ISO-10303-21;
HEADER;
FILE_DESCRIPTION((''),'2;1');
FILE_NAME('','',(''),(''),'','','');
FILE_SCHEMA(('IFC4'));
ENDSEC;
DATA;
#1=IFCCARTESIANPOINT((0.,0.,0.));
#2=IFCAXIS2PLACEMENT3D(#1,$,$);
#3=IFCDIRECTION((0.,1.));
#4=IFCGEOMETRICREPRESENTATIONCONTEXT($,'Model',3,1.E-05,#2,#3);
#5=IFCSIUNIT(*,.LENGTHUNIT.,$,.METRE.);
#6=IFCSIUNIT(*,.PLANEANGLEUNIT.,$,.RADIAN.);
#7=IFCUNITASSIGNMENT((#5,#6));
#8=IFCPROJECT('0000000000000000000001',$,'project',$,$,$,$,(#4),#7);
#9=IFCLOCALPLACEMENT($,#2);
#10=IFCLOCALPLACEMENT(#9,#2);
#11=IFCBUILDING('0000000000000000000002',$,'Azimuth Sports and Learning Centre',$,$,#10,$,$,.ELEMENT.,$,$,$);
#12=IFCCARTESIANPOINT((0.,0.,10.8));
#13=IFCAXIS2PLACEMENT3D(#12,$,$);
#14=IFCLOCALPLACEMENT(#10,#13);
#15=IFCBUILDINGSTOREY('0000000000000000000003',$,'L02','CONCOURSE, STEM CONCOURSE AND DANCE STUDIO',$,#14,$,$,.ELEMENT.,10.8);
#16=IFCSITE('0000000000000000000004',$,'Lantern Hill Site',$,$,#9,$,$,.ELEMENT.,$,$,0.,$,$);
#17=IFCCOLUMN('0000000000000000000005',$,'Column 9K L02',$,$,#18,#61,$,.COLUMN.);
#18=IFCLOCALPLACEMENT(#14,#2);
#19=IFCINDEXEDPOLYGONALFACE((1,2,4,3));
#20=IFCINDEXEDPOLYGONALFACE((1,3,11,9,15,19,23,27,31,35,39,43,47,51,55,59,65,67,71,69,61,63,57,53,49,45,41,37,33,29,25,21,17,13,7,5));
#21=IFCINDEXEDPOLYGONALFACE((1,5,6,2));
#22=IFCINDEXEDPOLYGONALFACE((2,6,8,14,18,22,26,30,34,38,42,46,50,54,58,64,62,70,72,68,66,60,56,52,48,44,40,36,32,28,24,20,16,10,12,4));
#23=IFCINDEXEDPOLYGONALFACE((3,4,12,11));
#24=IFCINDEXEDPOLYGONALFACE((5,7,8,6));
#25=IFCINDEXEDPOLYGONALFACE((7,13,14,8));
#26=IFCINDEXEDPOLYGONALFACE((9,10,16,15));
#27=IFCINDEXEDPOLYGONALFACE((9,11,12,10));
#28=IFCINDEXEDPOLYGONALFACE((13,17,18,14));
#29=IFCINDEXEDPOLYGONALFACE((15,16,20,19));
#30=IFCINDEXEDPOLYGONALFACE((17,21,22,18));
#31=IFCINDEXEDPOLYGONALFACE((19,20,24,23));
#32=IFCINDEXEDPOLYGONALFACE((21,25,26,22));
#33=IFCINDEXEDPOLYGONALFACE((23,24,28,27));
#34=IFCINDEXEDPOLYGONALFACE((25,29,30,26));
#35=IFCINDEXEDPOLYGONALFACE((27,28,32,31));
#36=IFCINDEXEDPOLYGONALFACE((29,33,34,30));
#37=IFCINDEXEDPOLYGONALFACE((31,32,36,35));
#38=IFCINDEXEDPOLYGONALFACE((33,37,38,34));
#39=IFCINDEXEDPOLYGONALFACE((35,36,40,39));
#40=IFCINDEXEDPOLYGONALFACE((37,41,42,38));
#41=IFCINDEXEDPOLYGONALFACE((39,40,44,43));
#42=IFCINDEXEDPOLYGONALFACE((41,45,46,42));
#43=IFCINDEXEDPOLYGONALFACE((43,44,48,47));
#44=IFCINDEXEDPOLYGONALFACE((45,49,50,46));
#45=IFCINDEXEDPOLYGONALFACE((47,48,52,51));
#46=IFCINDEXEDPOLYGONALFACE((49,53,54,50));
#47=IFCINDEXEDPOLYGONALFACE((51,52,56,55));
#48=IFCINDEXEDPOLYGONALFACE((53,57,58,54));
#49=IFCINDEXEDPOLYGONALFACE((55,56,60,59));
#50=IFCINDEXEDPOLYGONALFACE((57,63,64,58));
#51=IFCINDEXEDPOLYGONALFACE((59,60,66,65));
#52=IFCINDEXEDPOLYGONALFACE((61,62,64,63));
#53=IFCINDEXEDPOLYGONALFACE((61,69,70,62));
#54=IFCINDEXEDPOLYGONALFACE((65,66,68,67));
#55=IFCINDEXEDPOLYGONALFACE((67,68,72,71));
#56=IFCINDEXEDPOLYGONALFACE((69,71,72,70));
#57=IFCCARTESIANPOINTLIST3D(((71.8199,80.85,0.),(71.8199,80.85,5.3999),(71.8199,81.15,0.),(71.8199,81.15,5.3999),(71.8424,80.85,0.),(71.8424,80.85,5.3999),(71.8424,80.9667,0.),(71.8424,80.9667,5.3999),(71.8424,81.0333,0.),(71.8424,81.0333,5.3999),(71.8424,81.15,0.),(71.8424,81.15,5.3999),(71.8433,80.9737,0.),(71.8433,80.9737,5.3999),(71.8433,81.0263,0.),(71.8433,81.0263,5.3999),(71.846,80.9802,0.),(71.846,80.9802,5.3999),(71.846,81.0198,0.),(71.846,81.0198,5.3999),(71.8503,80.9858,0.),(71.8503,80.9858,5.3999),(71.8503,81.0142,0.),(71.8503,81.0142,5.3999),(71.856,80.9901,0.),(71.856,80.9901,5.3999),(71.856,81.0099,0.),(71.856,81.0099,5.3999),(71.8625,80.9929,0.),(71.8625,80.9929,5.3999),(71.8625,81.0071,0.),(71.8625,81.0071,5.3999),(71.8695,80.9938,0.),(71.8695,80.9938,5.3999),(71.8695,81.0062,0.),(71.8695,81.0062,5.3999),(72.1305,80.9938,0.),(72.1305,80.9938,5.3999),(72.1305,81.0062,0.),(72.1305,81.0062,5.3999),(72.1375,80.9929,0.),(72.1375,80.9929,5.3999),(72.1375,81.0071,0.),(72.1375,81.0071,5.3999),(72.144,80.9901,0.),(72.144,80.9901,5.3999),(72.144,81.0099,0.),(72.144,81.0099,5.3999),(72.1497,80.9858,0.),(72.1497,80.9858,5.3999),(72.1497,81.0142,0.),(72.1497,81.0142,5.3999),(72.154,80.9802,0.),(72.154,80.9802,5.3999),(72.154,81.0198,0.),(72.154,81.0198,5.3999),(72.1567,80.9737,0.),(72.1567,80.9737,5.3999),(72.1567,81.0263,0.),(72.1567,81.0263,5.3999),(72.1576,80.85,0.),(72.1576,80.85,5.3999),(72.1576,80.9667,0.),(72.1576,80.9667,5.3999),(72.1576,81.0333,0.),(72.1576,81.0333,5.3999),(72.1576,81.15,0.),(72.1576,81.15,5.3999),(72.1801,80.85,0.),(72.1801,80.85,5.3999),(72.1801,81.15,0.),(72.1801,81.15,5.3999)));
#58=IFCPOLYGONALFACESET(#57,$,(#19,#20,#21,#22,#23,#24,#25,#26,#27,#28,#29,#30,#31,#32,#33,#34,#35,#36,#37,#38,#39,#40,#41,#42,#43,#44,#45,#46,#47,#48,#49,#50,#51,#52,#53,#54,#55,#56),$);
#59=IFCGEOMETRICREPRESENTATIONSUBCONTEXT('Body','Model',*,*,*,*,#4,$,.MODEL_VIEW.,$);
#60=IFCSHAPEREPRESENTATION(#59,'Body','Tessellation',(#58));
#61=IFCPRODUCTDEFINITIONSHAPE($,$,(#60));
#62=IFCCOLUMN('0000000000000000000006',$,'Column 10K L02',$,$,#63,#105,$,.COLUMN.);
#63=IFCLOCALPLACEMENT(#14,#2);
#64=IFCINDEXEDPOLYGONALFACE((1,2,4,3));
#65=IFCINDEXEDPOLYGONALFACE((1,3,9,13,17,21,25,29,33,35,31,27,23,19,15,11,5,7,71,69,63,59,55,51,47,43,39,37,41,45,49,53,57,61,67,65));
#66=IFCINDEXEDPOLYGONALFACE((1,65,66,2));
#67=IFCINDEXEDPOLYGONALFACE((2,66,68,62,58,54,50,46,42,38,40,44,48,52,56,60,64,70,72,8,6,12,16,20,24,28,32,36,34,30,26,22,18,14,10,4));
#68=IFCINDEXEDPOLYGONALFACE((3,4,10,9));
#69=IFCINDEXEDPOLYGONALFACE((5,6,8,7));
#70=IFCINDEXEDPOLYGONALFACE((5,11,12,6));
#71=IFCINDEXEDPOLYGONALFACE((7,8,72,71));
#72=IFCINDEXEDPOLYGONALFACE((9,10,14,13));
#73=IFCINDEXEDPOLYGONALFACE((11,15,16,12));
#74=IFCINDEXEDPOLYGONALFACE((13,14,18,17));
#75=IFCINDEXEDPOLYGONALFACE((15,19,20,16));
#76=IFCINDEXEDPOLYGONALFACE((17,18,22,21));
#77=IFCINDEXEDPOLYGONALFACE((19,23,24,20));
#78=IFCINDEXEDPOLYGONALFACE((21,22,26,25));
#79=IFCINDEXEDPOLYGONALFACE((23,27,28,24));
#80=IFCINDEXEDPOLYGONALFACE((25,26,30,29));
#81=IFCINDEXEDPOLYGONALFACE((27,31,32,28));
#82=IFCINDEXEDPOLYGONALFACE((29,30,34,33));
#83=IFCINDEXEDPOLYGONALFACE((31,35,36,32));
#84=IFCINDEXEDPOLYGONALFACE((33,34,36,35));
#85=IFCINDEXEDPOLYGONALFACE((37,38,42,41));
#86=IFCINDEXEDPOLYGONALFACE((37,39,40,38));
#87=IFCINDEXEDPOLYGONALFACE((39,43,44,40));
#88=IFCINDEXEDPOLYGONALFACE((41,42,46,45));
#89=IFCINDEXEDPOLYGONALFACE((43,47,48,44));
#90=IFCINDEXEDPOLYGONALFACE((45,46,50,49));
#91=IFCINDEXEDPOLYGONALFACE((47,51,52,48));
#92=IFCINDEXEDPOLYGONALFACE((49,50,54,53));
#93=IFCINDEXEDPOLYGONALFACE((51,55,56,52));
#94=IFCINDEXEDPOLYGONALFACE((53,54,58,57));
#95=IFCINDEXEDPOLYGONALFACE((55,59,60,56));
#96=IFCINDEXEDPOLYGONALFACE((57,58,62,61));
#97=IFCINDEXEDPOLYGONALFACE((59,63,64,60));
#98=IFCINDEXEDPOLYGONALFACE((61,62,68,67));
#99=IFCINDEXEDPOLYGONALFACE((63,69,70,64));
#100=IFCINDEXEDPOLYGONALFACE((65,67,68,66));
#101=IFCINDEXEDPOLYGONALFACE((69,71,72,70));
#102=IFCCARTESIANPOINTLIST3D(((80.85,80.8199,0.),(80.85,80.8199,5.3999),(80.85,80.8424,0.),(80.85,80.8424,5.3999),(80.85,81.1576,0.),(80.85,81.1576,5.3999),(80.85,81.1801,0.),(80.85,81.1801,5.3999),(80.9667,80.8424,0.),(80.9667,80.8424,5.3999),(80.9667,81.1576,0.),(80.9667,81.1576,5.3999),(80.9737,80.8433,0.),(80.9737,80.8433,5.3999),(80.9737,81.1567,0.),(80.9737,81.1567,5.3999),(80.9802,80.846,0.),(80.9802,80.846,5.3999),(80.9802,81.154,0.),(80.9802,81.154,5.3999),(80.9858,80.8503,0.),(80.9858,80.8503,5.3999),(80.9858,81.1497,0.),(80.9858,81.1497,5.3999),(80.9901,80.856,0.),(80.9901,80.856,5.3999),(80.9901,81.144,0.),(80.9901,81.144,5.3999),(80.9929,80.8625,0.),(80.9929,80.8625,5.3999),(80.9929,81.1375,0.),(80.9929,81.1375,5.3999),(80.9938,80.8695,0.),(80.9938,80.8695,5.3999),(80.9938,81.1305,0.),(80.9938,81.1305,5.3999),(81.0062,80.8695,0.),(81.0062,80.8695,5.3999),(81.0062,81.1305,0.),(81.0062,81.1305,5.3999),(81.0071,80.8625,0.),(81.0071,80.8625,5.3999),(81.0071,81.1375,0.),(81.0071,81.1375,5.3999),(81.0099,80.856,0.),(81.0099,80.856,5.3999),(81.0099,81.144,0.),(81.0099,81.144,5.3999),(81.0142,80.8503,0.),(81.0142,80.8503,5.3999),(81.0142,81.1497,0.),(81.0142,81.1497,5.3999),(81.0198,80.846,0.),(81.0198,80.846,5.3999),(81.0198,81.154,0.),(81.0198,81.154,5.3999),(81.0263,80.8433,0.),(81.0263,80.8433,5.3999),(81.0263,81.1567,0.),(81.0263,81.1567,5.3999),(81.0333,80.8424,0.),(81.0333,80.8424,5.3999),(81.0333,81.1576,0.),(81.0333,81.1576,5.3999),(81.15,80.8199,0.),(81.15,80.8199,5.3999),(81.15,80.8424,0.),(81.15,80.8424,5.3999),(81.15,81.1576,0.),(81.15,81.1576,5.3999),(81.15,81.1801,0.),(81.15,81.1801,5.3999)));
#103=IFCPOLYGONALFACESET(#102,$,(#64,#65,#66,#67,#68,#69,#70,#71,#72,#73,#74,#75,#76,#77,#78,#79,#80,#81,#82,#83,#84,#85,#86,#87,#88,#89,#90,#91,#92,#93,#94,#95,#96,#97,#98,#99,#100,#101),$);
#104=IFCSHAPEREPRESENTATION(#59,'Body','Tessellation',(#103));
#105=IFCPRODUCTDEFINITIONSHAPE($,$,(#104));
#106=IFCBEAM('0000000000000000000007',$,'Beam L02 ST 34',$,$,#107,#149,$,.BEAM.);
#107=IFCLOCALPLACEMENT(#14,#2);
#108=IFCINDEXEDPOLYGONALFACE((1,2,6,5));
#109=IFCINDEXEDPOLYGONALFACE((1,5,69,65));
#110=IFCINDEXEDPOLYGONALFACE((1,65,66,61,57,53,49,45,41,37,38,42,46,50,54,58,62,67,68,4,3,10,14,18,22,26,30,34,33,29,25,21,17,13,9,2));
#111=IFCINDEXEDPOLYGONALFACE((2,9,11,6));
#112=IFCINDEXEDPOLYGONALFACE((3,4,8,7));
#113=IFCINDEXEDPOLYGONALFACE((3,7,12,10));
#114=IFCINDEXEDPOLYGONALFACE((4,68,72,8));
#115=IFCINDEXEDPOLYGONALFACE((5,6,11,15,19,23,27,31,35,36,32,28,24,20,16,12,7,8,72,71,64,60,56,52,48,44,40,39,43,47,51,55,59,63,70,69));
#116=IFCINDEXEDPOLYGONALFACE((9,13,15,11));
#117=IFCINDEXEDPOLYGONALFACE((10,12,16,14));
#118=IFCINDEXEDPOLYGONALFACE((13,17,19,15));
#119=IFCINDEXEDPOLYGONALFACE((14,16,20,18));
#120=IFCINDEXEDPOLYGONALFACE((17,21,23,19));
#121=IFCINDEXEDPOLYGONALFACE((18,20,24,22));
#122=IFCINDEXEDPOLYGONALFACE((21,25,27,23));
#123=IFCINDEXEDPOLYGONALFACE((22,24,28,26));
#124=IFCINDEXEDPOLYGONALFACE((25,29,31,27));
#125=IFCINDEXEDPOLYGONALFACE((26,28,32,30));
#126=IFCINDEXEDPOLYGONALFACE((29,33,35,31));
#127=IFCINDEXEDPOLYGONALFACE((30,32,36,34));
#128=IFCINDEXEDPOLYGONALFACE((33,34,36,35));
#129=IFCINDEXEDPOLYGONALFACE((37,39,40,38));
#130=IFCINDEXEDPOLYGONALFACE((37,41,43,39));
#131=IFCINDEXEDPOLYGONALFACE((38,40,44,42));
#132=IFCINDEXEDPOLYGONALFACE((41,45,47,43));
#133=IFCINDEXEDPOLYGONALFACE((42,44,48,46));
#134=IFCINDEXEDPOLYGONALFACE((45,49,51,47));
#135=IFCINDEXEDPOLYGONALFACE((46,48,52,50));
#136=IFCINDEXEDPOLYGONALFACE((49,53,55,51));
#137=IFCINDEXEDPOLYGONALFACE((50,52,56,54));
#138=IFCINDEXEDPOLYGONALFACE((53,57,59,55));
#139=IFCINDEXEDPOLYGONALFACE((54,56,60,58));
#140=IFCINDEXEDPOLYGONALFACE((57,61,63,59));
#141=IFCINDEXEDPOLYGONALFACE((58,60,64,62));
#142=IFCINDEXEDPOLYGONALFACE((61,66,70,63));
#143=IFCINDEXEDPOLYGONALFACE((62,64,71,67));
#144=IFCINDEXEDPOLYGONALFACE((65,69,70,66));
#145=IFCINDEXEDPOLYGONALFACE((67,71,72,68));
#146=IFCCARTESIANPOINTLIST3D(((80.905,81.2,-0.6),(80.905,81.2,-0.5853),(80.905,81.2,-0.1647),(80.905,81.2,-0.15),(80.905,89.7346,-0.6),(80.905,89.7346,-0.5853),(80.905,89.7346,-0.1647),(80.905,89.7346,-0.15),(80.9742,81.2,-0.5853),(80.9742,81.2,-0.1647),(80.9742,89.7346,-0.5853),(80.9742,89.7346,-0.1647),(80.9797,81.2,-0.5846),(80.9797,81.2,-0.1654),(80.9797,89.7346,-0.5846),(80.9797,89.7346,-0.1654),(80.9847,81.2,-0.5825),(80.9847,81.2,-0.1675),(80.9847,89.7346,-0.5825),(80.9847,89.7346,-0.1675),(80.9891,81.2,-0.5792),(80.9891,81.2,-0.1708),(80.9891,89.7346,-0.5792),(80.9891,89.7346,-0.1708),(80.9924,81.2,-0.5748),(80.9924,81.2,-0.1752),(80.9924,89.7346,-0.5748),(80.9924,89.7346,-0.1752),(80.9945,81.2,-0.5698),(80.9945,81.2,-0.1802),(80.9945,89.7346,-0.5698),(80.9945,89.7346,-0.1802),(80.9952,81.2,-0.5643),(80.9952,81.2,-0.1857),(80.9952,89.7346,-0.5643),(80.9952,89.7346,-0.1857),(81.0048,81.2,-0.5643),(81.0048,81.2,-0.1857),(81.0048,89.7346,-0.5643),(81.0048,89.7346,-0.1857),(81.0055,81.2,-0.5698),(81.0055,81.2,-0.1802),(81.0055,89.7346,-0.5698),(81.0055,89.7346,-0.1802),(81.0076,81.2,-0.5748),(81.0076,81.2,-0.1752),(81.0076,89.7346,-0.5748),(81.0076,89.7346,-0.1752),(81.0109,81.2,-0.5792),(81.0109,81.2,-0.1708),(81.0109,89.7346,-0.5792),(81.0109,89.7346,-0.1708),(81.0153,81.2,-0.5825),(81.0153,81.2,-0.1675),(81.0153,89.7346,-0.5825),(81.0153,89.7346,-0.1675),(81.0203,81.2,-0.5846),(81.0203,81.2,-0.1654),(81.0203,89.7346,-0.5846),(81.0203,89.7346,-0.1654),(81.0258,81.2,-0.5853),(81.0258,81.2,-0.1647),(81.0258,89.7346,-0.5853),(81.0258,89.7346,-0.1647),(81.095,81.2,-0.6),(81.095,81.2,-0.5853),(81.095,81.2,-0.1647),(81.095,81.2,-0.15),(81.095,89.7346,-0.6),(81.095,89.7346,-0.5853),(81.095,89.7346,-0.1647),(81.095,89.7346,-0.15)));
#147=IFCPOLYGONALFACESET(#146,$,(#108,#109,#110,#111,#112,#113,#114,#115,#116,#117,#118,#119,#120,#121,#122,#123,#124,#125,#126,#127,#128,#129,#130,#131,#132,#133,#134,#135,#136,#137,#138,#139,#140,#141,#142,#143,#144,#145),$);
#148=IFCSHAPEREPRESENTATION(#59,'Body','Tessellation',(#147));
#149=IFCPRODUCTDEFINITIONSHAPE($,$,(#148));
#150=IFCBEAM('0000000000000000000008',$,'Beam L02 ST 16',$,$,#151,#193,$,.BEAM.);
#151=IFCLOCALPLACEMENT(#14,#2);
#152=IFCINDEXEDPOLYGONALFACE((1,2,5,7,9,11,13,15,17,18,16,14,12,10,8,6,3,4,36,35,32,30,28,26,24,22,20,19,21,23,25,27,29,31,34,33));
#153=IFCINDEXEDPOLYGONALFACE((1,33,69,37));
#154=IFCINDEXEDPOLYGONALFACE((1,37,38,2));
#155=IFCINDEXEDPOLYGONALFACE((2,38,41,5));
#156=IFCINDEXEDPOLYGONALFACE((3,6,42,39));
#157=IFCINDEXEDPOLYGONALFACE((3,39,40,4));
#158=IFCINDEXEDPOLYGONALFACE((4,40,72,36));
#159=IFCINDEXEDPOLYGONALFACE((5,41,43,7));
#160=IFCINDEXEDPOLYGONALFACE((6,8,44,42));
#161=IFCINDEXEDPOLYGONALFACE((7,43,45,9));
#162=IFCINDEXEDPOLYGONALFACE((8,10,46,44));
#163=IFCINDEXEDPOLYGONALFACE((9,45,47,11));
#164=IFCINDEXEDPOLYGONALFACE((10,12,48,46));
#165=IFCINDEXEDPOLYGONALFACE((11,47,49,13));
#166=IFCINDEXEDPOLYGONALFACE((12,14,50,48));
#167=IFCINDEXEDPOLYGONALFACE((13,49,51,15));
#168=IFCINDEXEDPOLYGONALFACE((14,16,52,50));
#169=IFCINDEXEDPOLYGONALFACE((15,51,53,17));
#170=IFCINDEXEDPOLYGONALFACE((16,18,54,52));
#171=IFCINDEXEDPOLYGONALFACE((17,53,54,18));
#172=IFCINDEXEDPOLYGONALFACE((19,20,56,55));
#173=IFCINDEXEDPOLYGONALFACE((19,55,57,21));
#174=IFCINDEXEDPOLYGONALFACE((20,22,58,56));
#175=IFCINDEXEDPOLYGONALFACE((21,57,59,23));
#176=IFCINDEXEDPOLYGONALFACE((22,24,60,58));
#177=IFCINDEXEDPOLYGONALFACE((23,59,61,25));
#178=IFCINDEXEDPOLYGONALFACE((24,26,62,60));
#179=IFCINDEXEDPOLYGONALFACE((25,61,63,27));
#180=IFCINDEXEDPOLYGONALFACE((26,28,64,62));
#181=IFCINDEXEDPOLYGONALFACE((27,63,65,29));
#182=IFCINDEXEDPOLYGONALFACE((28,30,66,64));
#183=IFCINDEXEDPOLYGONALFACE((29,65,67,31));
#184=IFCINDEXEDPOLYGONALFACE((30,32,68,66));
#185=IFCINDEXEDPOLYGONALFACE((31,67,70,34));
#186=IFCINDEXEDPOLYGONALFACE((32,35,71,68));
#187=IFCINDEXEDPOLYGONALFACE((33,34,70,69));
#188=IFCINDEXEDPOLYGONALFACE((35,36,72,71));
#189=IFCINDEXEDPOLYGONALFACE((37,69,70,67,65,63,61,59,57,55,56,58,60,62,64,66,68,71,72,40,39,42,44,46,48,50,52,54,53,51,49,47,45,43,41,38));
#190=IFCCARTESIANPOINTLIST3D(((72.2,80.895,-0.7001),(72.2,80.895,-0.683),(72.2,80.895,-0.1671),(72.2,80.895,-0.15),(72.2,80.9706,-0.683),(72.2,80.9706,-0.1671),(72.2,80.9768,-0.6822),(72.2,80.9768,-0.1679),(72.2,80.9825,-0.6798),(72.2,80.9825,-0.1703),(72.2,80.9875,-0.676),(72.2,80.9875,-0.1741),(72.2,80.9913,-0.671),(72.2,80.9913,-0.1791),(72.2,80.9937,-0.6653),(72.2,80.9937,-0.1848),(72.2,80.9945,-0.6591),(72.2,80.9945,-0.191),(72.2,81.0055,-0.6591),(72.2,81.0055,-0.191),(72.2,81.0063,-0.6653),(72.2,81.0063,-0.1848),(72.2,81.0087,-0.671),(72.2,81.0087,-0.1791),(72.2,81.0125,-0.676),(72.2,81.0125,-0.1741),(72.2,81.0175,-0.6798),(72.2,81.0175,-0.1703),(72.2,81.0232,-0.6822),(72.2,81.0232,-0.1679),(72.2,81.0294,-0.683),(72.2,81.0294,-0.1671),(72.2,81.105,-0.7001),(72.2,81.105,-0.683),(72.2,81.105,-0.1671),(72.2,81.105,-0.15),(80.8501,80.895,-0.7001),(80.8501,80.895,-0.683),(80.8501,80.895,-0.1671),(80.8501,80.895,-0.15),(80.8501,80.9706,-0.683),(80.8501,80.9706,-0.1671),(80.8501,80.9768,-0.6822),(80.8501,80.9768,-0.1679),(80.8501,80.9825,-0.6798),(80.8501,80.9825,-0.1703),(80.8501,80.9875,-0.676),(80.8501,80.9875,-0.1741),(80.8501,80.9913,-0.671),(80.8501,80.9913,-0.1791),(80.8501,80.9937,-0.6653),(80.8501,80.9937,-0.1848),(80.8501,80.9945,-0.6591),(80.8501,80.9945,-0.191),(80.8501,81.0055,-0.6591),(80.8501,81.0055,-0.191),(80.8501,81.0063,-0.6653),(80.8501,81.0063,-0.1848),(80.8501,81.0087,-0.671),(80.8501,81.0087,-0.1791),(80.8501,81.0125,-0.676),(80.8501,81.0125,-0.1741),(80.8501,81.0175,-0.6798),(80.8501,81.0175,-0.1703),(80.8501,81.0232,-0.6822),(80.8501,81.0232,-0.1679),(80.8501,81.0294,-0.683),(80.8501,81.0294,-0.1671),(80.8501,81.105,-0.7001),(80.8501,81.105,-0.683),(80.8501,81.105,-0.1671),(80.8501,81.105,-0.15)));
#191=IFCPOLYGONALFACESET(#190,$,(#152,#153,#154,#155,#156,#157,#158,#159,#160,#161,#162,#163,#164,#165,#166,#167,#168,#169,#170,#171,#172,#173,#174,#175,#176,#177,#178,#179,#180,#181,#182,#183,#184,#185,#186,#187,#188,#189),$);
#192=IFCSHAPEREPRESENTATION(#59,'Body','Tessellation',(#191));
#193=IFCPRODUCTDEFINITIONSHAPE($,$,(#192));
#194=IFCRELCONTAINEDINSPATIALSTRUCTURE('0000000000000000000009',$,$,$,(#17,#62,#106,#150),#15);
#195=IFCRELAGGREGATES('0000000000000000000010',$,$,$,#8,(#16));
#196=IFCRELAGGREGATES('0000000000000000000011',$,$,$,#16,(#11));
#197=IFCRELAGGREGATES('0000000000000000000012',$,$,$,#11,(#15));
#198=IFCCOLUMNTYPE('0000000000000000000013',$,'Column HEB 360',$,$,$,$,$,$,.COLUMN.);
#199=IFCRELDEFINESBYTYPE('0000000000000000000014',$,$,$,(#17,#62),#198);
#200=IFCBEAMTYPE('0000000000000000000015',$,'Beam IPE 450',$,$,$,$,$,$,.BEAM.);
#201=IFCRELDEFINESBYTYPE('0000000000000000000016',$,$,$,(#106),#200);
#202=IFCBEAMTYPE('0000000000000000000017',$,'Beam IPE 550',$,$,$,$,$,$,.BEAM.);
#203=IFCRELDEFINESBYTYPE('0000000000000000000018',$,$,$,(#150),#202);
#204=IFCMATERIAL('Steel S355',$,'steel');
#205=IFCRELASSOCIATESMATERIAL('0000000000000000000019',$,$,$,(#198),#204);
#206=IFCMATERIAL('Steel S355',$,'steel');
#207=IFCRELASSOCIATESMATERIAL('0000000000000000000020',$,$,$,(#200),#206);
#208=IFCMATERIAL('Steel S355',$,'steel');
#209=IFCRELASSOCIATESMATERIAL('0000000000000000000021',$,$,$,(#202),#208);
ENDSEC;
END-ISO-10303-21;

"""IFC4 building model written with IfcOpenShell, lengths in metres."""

from ifc_helpers import new_model, si_unit, direction, frame, origin, origin_2d, place, context, subcontext, project, spatial, i_section, extrude, material, material_profile, profile_set, type_object, element, save


model = new_model("IFC4")

# Units and contexts
model_context = context("Model", 3, precision=1e-05, world=origin(), true_north=direction((0.0, 1.0)))
body_context = subcontext(model_context, "Body", "Model", "MODEL_VIEW")
ifc_project = project(units=[si_unit("LENGTHUNIT", "METRE"), si_unit("PLANEANGLEUNIT", "RADIAN")], contexts=[model_context])

# Site, building, storey
site_placement = place(None, origin())
site = spatial("IfcSite", under=ifc_project, at=site_placement, Name="Lantern Hill Site", CompositionType="ELEMENT", RefElevation=0.0)
building_placement = place(site_placement, origin())
building = spatial("IfcBuilding", under=site, at=building_placement, Name="Azimuth Sports and Learning Centre", CompositionType="ELEMENT")
storey_placement = place(building_placement, frame((0.0, 0.0, 10.8)))
storey = spatial("IfcBuildingStorey", under=building, at=storey_placement, Name="L02", Description="CONCOURSE, STEM CONCOURSE AND DANCE STUDIO", CompositionType="ELEMENT", Elevation=10.8)

# Columns
ifc_material_1 = material(Name="Steel S355", Category="steel")
ifc_material_profile_1 = material_profile(ifc_material_1, i_section(OverallWidth=0.3, OverallDepth=0.3601, WebThickness=0.0125, FlangeThickness=0.0225, FilletRadius=0.0271, at=origin_2d()), Name="HEB 360")
ifc_profile_set_1 = profile_set([ifc_material_profile_1], Name="Steel S355")
column_type = type_object("IfcColumnType", Name="Column HEB 360", PredefinedType="COLUMN", material=ifc_profile_set_1)
for number, where, z_axis, x_axis, name in (
    (1, (72.0, 81.0, 0.0), (0.0, 0.0, 1.0), (0.0, 1.0, 0.0), "Column 9K L02"),
    (2, (81.0, 81.0, 0.0), (0.0, 0.0, 1.0), (1.0, 0.0, 0.0), "Column 10K L02"),
):
    element("IfcColumn", number, at=place(storey_placement, frame(where, z_axis=z_axis, x_axis=x_axis)), inside=storey, type_object=column_type, Name=name, PredefinedType="COLUMN", context=body_context, shape_type="SweptSolid", body=[
        extrude(i_section(OverallWidth=0.3, OverallDepth=0.3601, WebThickness=0.0125, FlangeThickness=0.0225, FilletRadius=0.0271, at=origin_2d()), origin(), (0.0, 0.0, 1.0), 5.3999),
    ])

# Beams
ifc_material_2 = material(Name="Steel S355", Category="steel")
ifc_material_profile_2 = material_profile(ifc_material_2, i_section(OverallWidth=0.1899, OverallDepth=0.45, WebThickness=0.0095, FlangeThickness=0.0146, FilletRadius=0.021, at=origin_2d()), Name="IPE 450")
ifc_profile_set_2 = profile_set([ifc_material_profile_2], Name="Steel S355")
beam_type_1 = type_object("IfcBeamType", Name="Beam IPE 450", PredefinedType="BEAM", material=ifc_profile_set_2)
beam_1_placement = place(storey_placement, frame((81.0, 81.2, -0.375), z_axis=(0.0, 1.0, 0.0), x_axis=(-1.0, 0.0, 0.0)))
element("IfcBeam", 3, at=beam_1_placement, inside=storey, type_object=beam_type_1, Name="Beam L02 ST 34", PredefinedType="BEAM", context=body_context, shape_type="SweptSolid", body=[
    extrude(i_section(OverallWidth=0.1899, OverallDepth=0.45, WebThickness=0.0095, FlangeThickness=0.0146, FilletRadius=0.021, at=origin_2d()), origin(), (0.0, 0.0, 1.0), 8.5347),
])
ifc_material_3 = material(Name="Steel S355", Category="steel")
ifc_material_profile_3 = material_profile(ifc_material_3, i_section(OverallWidth=0.21, OverallDepth=0.55, WebThickness=0.011, FlangeThickness=0.0171, FilletRadius=0.0239, at=origin_2d()), Name="IPE 550")
ifc_profile_set_3 = profile_set([ifc_material_profile_3], Name="Steel S355")
beam_type_2 = type_object("IfcBeamType", Name="Beam IPE 550", PredefinedType="BEAM", material=ifc_profile_set_3)
beam_2_placement = place(storey_placement, frame((72.2, 81.0, -0.425), z_axis=(1.0, 0.0, 0.0), x_axis=(0.0, 1.0, 0.0)))
element("IfcBeam", 4, at=beam_2_placement, inside=storey, type_object=beam_type_2, Name="Beam L02 ST 16", PredefinedType="BEAM", context=body_context, shape_type="SweptSolid", body=[
    extrude(i_section(OverallWidth=0.21, OverallDepth=0.55, WebThickness=0.011, FlangeThickness=0.0171, FilletRadius=0.0239, at=origin_2d()), origin(), (0.0, 0.0, 1.0), 8.6501),
])

save(model, "model.ifc")
